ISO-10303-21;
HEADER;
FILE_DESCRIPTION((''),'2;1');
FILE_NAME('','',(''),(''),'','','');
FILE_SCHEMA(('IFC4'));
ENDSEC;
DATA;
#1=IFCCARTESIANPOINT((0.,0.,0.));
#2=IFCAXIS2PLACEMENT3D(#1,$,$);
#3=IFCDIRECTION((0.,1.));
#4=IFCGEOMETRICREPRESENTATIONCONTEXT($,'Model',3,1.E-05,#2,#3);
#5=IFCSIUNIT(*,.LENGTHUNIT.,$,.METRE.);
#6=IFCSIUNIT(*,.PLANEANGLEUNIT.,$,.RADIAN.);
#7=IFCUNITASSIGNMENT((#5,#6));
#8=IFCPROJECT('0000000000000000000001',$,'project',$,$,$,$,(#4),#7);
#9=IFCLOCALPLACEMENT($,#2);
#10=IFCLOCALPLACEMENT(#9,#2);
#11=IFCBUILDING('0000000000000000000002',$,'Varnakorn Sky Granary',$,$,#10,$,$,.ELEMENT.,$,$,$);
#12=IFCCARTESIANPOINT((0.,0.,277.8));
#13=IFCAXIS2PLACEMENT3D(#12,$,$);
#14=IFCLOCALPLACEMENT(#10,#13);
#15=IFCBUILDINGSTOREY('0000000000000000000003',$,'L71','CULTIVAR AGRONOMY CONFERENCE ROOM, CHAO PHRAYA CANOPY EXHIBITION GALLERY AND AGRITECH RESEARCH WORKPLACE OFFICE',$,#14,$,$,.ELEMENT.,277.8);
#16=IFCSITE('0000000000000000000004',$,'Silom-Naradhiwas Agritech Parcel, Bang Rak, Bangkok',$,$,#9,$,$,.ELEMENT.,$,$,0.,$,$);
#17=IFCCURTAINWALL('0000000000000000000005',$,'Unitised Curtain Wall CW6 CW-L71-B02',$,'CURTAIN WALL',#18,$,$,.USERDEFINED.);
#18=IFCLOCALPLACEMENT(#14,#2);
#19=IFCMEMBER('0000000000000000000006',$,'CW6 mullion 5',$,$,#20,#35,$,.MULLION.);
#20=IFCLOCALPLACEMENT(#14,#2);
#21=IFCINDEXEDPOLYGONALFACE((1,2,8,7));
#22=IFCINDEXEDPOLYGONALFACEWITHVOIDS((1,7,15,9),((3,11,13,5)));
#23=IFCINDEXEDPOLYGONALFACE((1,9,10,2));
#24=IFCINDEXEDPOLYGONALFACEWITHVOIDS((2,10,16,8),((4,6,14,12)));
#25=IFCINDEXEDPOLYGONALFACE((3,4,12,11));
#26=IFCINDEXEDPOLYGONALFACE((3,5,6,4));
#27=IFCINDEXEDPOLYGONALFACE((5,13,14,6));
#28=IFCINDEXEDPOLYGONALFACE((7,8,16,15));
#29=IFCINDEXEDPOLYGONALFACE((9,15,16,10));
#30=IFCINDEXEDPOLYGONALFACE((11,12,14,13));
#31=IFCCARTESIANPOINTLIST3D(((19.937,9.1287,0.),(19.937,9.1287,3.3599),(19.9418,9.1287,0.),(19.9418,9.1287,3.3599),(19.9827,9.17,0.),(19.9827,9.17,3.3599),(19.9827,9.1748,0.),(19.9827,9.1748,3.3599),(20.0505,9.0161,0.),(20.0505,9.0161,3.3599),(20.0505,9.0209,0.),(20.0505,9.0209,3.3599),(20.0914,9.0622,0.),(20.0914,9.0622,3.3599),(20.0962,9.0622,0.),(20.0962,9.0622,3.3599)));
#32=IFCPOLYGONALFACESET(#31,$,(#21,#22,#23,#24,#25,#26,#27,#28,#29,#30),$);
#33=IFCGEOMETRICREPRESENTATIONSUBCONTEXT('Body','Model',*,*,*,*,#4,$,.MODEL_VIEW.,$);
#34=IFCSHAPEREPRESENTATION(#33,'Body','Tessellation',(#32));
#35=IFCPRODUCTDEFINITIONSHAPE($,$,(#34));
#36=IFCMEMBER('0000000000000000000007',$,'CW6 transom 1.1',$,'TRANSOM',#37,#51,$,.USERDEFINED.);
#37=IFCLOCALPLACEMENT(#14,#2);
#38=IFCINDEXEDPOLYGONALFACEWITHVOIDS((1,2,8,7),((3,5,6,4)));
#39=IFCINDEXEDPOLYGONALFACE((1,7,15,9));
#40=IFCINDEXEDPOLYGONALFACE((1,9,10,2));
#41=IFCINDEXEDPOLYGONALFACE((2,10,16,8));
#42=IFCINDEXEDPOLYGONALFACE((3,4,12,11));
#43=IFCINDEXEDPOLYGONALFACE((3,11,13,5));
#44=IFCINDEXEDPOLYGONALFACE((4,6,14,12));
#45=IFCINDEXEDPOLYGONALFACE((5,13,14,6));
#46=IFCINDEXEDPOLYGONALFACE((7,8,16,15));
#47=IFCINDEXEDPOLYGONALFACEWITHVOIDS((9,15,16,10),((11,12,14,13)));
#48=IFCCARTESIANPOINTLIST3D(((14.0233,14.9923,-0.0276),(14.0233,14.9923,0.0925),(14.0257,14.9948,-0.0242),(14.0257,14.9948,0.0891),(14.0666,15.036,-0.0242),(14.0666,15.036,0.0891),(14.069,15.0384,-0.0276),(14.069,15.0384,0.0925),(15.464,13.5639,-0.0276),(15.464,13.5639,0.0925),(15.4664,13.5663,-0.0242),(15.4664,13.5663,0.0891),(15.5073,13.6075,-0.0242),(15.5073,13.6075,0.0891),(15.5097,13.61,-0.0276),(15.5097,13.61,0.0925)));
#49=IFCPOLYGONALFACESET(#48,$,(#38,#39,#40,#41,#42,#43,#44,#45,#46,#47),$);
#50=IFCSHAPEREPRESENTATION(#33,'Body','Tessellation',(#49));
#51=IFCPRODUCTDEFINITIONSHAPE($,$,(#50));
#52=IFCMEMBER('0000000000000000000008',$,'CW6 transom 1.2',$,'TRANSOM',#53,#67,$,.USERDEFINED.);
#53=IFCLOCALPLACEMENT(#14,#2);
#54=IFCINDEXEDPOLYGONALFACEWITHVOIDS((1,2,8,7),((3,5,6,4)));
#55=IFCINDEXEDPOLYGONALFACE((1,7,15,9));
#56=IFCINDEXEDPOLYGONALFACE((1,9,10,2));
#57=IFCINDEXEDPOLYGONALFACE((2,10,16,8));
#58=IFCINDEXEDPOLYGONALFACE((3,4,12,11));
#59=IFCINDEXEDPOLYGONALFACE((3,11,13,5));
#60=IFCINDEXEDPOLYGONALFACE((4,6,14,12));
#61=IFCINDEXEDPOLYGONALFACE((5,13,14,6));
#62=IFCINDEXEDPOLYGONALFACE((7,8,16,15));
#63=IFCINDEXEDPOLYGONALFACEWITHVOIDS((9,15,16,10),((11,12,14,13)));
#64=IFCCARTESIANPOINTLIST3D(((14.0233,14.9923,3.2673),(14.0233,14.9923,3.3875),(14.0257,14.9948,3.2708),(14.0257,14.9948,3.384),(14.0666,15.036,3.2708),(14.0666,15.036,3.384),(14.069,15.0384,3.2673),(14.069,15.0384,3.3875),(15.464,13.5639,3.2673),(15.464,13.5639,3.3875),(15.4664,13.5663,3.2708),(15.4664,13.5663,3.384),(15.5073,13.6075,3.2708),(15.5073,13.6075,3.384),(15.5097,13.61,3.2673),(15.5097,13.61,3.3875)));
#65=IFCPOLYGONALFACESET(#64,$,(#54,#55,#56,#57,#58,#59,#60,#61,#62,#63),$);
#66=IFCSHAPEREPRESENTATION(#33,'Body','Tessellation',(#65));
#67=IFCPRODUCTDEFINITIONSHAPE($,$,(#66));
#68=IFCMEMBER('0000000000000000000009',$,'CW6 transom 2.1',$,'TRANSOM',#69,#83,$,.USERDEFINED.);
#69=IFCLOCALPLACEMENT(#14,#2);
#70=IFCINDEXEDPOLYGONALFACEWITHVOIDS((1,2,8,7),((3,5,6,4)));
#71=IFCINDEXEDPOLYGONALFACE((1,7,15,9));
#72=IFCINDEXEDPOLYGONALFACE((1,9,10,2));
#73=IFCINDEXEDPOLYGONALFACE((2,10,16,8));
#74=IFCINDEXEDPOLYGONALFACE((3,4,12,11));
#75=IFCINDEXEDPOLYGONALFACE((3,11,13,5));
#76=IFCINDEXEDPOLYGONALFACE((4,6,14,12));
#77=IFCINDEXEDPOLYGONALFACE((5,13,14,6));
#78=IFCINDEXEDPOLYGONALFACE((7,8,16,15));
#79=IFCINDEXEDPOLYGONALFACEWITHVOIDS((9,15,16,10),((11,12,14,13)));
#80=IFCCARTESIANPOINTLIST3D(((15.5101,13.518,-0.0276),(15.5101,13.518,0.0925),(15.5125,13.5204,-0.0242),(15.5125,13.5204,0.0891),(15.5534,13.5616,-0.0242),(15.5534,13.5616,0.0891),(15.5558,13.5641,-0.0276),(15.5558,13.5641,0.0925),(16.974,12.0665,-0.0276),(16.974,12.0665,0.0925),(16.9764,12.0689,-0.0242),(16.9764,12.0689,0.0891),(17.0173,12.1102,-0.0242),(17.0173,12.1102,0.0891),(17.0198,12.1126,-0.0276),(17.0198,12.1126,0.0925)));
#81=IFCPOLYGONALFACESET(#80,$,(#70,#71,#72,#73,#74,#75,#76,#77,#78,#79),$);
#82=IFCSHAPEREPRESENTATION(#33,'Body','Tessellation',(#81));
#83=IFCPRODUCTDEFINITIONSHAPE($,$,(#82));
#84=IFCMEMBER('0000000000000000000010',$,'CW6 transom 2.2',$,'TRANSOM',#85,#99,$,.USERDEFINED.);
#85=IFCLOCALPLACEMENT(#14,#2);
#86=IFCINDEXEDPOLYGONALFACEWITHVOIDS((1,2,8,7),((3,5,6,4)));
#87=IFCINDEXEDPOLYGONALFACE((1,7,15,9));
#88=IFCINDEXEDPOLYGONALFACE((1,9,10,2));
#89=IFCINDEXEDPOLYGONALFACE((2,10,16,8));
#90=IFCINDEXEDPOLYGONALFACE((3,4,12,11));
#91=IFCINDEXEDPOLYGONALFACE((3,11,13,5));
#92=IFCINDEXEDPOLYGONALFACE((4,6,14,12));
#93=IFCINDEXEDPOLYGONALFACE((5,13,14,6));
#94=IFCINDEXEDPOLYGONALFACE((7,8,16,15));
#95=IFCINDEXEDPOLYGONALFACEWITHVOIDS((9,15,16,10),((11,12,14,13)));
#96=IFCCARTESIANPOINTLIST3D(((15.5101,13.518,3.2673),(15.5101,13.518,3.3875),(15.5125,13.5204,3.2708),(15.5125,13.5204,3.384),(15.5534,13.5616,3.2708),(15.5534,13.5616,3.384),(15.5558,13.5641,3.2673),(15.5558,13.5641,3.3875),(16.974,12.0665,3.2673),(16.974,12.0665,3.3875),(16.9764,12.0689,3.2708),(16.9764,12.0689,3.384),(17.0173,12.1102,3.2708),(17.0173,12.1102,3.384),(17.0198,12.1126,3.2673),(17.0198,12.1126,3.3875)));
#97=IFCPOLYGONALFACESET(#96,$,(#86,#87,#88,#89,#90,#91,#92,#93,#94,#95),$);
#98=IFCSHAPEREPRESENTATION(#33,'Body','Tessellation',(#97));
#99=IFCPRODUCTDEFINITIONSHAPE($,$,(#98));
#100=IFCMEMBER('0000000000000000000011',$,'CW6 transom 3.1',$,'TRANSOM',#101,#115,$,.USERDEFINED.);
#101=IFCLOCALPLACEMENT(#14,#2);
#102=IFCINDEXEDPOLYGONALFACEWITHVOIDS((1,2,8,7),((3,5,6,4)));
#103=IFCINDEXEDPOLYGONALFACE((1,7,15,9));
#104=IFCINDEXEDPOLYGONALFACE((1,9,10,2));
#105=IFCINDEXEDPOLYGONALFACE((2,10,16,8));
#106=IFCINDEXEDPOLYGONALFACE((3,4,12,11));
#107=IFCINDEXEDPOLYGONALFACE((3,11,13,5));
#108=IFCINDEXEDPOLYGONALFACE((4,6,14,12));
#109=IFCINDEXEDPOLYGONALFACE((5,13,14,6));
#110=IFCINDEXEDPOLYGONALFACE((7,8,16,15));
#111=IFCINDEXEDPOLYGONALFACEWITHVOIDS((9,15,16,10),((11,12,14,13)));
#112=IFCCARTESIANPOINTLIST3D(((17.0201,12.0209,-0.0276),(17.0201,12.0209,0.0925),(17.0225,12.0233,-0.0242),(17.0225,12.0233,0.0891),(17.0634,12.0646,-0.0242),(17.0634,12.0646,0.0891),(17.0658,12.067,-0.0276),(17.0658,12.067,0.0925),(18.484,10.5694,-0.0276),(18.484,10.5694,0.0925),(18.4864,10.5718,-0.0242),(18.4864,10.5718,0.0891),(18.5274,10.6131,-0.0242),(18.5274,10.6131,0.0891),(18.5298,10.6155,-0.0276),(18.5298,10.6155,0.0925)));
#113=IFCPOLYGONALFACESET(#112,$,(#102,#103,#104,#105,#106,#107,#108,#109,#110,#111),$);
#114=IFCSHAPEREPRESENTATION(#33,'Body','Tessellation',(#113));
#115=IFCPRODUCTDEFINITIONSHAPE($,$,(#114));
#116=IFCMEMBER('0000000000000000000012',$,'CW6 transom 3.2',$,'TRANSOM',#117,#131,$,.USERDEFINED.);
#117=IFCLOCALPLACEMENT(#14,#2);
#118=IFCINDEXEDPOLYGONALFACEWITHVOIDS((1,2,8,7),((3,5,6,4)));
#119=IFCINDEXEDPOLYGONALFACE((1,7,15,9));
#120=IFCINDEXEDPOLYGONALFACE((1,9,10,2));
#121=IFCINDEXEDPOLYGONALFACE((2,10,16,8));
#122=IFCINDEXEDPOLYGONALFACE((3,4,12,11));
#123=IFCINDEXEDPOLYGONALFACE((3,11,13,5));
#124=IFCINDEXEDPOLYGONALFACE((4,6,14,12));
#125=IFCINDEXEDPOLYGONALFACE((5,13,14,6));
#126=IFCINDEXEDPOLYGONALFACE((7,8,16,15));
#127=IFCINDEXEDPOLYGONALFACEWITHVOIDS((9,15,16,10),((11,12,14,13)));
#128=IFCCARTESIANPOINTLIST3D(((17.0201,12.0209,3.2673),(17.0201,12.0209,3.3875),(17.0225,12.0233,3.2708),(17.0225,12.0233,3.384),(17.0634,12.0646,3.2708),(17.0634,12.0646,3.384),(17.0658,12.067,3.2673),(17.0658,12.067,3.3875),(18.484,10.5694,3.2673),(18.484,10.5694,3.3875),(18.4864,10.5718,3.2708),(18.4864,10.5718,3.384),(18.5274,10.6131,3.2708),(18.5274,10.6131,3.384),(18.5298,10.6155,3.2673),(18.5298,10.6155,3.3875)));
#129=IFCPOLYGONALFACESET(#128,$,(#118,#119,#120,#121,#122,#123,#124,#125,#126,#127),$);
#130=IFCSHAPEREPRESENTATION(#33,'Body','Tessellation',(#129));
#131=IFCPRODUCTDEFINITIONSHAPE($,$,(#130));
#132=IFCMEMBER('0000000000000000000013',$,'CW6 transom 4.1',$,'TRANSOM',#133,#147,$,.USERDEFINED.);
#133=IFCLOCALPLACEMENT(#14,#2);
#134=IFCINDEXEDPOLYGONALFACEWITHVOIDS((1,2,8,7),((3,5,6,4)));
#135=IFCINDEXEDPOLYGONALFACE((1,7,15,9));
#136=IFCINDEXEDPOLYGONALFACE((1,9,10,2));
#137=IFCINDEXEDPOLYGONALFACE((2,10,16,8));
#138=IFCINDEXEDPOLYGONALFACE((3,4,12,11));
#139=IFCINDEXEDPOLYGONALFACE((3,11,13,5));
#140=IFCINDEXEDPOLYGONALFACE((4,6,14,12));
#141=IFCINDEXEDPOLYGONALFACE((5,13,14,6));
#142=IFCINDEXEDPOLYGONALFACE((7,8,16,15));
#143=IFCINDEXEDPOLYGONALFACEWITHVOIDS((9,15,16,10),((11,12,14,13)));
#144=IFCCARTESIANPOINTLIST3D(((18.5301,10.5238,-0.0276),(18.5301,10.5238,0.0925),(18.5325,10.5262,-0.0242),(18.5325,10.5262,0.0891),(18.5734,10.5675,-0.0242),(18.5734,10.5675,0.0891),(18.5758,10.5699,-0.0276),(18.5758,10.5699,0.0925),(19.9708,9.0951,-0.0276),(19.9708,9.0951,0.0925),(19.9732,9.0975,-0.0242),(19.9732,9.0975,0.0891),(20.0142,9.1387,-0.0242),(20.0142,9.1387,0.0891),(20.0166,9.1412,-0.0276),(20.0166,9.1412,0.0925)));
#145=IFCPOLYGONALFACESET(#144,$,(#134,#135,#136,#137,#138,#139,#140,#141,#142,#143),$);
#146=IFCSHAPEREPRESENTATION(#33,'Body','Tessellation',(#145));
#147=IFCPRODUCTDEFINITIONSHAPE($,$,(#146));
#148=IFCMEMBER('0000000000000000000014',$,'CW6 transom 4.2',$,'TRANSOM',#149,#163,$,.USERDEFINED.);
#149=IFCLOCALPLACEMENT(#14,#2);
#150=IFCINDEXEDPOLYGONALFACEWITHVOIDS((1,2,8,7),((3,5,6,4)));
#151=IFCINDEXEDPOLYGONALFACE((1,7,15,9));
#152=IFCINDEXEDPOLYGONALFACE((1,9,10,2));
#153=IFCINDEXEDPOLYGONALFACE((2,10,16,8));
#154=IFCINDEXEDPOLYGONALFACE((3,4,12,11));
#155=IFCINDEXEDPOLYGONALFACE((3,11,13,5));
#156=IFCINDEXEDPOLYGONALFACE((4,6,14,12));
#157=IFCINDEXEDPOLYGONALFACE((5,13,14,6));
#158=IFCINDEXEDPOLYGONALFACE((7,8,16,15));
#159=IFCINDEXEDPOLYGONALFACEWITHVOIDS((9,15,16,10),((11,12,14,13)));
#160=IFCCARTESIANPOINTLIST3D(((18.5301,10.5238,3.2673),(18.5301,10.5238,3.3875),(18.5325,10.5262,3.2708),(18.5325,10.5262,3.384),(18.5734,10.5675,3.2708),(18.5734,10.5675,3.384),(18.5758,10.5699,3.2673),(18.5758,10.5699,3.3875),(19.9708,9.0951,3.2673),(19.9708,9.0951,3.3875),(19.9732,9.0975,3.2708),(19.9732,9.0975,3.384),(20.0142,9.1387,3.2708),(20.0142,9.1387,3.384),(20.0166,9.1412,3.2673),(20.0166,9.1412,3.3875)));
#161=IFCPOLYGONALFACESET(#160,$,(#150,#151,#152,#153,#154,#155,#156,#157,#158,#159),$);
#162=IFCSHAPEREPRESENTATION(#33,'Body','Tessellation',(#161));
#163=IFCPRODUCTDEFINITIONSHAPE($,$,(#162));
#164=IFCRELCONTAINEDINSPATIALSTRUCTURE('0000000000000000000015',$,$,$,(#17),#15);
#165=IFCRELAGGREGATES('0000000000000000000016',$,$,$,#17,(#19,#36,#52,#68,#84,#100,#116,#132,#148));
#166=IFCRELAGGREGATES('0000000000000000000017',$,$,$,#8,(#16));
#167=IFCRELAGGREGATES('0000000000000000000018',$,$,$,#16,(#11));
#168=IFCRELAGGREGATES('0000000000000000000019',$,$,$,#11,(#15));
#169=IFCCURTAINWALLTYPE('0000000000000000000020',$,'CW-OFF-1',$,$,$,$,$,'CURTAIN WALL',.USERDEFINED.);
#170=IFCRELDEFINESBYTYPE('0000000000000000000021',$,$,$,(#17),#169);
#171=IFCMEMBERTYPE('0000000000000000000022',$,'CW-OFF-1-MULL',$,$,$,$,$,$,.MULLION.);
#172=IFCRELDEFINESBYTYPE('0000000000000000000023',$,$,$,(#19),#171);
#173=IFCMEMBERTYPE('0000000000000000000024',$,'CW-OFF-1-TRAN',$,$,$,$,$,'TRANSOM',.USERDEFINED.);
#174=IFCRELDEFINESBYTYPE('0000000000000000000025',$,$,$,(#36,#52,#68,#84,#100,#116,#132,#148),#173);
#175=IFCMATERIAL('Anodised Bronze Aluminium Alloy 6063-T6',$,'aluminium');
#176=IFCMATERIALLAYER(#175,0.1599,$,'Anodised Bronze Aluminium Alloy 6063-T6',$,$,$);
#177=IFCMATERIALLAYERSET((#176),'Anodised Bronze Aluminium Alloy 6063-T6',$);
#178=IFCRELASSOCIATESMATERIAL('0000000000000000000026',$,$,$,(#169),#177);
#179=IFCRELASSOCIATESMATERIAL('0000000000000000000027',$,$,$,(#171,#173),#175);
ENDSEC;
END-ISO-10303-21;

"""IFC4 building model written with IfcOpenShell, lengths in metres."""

from ifc_helpers import new_model, si_unit, direction, frame, origin, origin_2d, place, context, subcontext, project, spatial, hollow_rectangle, extrude, material, layer, layer_set, material_profile, profile_set, type_object, element, aggregate, save


model = new_model("IFC4")

# Units and contexts
model_context = context("Model", 3, precision=1e-05, world=origin(), true_north=direction((0.0, 1.0)))
body_context = subcontext(model_context, "Body", "Model", "MODEL_VIEW")
ifc_project = project(units=[si_unit("LENGTHUNIT", "METRE"), si_unit("PLANEANGLEUNIT", "RADIAN")], contexts=[model_context])

# Site, building, storey
site_placement = place(None, origin())
site = spatial("IfcSite", under=ifc_project, at=site_placement, Name="Silom-Naradhiwas Agritech Parcel, Bang Rak, Bangkok", CompositionType="ELEMENT", RefElevation=0.0)
building_placement = place(site_placement, origin())
building = spatial("IfcBuilding", under=site, at=building_placement, Name="Varnakorn Sky Granary", CompositionType="ELEMENT")
storey_placement = place(building_placement, frame((0.0, 0.0, 277.8)))
storey = spatial("IfcBuildingStorey", under=building, at=storey_placement, Name="L71", Description="CULTIVAR AGRONOMY CONFERENCE ROOM, CHAO PHRAYA CANOPY EXHIBITION GALLERY AND AGRITECH RESEARCH WORKPLACE OFFICE", CompositionType="ELEMENT", Elevation=277.8)

# Curtain wall, members
ifc_material_1 = material(Name="Anodised Bronze Aluminium Alloy 6063-T6", Category="aluminium")
ifc_layer_1 = layer(ifc_material_1, 0.1599, Name="Anodised Bronze Aluminium Alloy 6063-T6")
ifc_layer_set_1 = layer_set([ifc_layer_1], Name="Anodised Bronze Aluminium Alloy 6063-T6")
curtain_wall_type = type_object("IfcCurtainWallType", Name="CW-OFF-1", ElementType="CURTAIN WALL", PredefinedType="USERDEFINED", material=ifc_layer_set_1)
curtain_wall_placement = place(storey_placement, origin())
curtain_wall = element("IfcCurtainWall", 1, at=curtain_wall_placement, inside=storey, type_object=curtain_wall_type, Name="Unitised Curtain Wall CW6 CW-L71-B02", ObjectType="CURTAIN WALL", PredefinedType="USERDEFINED")
ifc_material_profile_1 = material_profile(ifc_material_1, hollow_rectangle(XDim=0.0649, YDim=0.1599, WallThickness=0.0034, at=origin_2d()), Name="ALU MULL 65x160")
ifc_profile_set_1 = profile_set([ifc_material_profile_1], Name="Anodised Bronze Aluminium Alloy 6063-T6")
member_type_1 = type_object("IfcMemberType", Name="CW-OFF-1-MULL", PredefinedType="MULLION", material=ifc_profile_set_1)
member_1_placement = place(storey_placement, frame((20.0166, 9.0955, 0.0), z_axis=(0.0, 0.0, 1.0), x_axis=(0.704102, 0.710099, 0.0)))
member_1 = element("IfcMember", 2, at=member_1_placement, type_object=member_type_1, Name="CW6 mullion 5", PredefinedType="MULLION", context=body_context, shape_type="SweptSolid", body=[
    extrude(hollow_rectangle(XDim=0.0649, YDim=0.1599, WallThickness=0.0034, at=origin_2d()), origin(), (0.0, 0.0, 1.0), 3.3599),
])
ifc_material_profile_2 = material_profile(ifc_material_1, hollow_rectangle(XDim=0.0649, YDim=0.1201, WallThickness=0.0034, at=origin_2d()), Name="ALU TRAN 65x120")
ifc_profile_set_2 = profile_set([ifc_material_profile_2], Name="Anodised Bronze Aluminium Alloy 6063-T6")
member_type_2 = type_object("IfcMemberType", Name="CW-OFF-1-TRAN", ElementType="TRANSOM", PredefinedType="USERDEFINED", material=ifc_profile_set_2)
member_2_placement = place(storey_placement, frame((14.0461, 15.0154, 0.0325), z_axis=(0.710109, -0.704092, 0.0), x_axis=(0.704092, 0.710109, 0.0)))
member_2 = element("IfcMember", 3, at=member_2_placement, type_object=member_type_2, Name="CW6 transom 1.1", ObjectType="TRANSOM", PredefinedType="USERDEFINED", context=body_context, shape_type="SweptSolid", body=[
    extrude(hollow_rectangle(XDim=0.0649, YDim=0.1201, WallThickness=0.0034, at=origin_2d()), origin(), (0.0, 0.0, 1.0), 2.0288),
])
member_3_placement = place(storey_placement, frame((14.0461, 15.0154, 3.3274), z_axis=(0.710109, -0.704092, 0.0), x_axis=(0.704092, 0.710109, 0.0)))
member_3 = element("IfcMember", 4, at=member_3_placement, type_object=member_type_2, Name="CW6 transom 1.2", ObjectType="TRANSOM", PredefinedType="USERDEFINED", context=body_context, shape_type="SweptSolid", body=[
    extrude(hollow_rectangle(XDim=0.0649, YDim=0.1201, WallThickness=0.0034, at=origin_2d()), origin(), (0.0, 0.0, 1.0), 2.0288),
])
member_4_placement = place(storey_placement, frame((15.533, 13.541, 0.0325), z_axis=(0.71012, -0.70408, 0.0), x_axis=(0.70408, 0.71012, 0.0)))
member_4 = element("IfcMember", 5, at=member_4_placement, type_object=member_type_2, Name="CW6 transom 2.1", ObjectType="TRANSOM", PredefinedType="USERDEFINED", context=body_context, shape_type="SweptSolid", body=[
    extrude(hollow_rectangle(XDim=0.0649, YDim=0.1201, WallThickness=0.0034, at=origin_2d()), origin(), (0.0, 0.0, 1.0), 2.0615),
])
member_5_placement = place(storey_placement, frame((15.533, 13.541, 3.3274), z_axis=(0.71012, -0.70408, 0.0), x_axis=(0.70408, 0.71012, 0.0)))
member_5 = element("IfcMember", 6, at=member_5_placement, type_object=member_type_2, Name="CW6 transom 2.2", ObjectType="TRANSOM", PredefinedType="USERDEFINED", context=body_context, shape_type="SweptSolid", body=[
    extrude(hollow_rectangle(XDim=0.0649, YDim=0.1201, WallThickness=0.0034, at=origin_2d()), origin(), (0.0, 0.0, 1.0), 2.0615),
])
member_6_placement = place(storey_placement, frame((17.043, 12.0439, 0.0325), z_axis=(0.71012, -0.70408, 0.0), x_axis=(0.70408, 0.71012, 0.0)))
member_6 = element("IfcMember", 7, at=member_6_placement, type_object=member_type_2, Name="CW6 transom 3.1", ObjectType="TRANSOM", PredefinedType="USERDEFINED", context=body_context, shape_type="SweptSolid", body=[
    extrude(hollow_rectangle(XDim=0.0649, YDim=0.1201, WallThickness=0.0034, at=origin_2d()), origin(), (0.0, 0.0, 1.0), 2.0615),
])
member_7_placement = place(storey_placement, frame((17.043, 12.0439, 3.3274), z_axis=(0.71012, -0.70408, 0.0), x_axis=(0.70408, 0.71012, 0.0)))
member_7 = element("IfcMember", 8, at=member_7_placement, type_object=member_type_2, Name="CW6 transom 3.2", ObjectType="TRANSOM", PredefinedType="USERDEFINED", context=body_context, shape_type="SweptSolid", body=[
    extrude(hollow_rectangle(XDim=0.0649, YDim=0.1201, WallThickness=0.0034, at=origin_2d()), origin(), (0.0, 0.0, 1.0), 2.0615),
])
member_8_placement = place(storey_placement, frame((18.553, 10.5469, 0.0325), z_axis=(0.710049, -0.704153, 0.0), x_axis=(0.704153, 0.710049, 0.0)))
member_8 = element("IfcMember", 9, at=member_8_placement, type_object=member_type_2, Name="CW6 transom 4.1", ObjectType="TRANSOM", PredefinedType="USERDEFINED", context=body_context, shape_type="SweptSolid", body=[
    extrude(hollow_rectangle(XDim=0.0649, YDim=0.1201, WallThickness=0.0034, at=origin_2d()), origin(), (0.0, 0.0, 1.0), 2.0291),
])
member_9_placement = place(storey_placement, frame((18.553, 10.5469, 3.3274), z_axis=(0.710049, -0.704153, 0.0), x_axis=(0.704153, 0.710049, 0.0)))
member_9 = element("IfcMember", 10, at=member_9_placement, type_object=member_type_2, Name="CW6 transom 4.2", ObjectType="TRANSOM", PredefinedType="USERDEFINED", context=body_context, shape_type="SweptSolid", body=[
    extrude(hollow_rectangle(XDim=0.0649, YDim=0.1201, WallThickness=0.0034, at=origin_2d()), origin(), (0.0, 0.0, 1.0), 2.0291),
])

aggregate(curtain_wall, [member_1, member_2, member_3, member_4, member_5, member_6, member_7, member_8, member_9])

save(model, "model.ifc")
